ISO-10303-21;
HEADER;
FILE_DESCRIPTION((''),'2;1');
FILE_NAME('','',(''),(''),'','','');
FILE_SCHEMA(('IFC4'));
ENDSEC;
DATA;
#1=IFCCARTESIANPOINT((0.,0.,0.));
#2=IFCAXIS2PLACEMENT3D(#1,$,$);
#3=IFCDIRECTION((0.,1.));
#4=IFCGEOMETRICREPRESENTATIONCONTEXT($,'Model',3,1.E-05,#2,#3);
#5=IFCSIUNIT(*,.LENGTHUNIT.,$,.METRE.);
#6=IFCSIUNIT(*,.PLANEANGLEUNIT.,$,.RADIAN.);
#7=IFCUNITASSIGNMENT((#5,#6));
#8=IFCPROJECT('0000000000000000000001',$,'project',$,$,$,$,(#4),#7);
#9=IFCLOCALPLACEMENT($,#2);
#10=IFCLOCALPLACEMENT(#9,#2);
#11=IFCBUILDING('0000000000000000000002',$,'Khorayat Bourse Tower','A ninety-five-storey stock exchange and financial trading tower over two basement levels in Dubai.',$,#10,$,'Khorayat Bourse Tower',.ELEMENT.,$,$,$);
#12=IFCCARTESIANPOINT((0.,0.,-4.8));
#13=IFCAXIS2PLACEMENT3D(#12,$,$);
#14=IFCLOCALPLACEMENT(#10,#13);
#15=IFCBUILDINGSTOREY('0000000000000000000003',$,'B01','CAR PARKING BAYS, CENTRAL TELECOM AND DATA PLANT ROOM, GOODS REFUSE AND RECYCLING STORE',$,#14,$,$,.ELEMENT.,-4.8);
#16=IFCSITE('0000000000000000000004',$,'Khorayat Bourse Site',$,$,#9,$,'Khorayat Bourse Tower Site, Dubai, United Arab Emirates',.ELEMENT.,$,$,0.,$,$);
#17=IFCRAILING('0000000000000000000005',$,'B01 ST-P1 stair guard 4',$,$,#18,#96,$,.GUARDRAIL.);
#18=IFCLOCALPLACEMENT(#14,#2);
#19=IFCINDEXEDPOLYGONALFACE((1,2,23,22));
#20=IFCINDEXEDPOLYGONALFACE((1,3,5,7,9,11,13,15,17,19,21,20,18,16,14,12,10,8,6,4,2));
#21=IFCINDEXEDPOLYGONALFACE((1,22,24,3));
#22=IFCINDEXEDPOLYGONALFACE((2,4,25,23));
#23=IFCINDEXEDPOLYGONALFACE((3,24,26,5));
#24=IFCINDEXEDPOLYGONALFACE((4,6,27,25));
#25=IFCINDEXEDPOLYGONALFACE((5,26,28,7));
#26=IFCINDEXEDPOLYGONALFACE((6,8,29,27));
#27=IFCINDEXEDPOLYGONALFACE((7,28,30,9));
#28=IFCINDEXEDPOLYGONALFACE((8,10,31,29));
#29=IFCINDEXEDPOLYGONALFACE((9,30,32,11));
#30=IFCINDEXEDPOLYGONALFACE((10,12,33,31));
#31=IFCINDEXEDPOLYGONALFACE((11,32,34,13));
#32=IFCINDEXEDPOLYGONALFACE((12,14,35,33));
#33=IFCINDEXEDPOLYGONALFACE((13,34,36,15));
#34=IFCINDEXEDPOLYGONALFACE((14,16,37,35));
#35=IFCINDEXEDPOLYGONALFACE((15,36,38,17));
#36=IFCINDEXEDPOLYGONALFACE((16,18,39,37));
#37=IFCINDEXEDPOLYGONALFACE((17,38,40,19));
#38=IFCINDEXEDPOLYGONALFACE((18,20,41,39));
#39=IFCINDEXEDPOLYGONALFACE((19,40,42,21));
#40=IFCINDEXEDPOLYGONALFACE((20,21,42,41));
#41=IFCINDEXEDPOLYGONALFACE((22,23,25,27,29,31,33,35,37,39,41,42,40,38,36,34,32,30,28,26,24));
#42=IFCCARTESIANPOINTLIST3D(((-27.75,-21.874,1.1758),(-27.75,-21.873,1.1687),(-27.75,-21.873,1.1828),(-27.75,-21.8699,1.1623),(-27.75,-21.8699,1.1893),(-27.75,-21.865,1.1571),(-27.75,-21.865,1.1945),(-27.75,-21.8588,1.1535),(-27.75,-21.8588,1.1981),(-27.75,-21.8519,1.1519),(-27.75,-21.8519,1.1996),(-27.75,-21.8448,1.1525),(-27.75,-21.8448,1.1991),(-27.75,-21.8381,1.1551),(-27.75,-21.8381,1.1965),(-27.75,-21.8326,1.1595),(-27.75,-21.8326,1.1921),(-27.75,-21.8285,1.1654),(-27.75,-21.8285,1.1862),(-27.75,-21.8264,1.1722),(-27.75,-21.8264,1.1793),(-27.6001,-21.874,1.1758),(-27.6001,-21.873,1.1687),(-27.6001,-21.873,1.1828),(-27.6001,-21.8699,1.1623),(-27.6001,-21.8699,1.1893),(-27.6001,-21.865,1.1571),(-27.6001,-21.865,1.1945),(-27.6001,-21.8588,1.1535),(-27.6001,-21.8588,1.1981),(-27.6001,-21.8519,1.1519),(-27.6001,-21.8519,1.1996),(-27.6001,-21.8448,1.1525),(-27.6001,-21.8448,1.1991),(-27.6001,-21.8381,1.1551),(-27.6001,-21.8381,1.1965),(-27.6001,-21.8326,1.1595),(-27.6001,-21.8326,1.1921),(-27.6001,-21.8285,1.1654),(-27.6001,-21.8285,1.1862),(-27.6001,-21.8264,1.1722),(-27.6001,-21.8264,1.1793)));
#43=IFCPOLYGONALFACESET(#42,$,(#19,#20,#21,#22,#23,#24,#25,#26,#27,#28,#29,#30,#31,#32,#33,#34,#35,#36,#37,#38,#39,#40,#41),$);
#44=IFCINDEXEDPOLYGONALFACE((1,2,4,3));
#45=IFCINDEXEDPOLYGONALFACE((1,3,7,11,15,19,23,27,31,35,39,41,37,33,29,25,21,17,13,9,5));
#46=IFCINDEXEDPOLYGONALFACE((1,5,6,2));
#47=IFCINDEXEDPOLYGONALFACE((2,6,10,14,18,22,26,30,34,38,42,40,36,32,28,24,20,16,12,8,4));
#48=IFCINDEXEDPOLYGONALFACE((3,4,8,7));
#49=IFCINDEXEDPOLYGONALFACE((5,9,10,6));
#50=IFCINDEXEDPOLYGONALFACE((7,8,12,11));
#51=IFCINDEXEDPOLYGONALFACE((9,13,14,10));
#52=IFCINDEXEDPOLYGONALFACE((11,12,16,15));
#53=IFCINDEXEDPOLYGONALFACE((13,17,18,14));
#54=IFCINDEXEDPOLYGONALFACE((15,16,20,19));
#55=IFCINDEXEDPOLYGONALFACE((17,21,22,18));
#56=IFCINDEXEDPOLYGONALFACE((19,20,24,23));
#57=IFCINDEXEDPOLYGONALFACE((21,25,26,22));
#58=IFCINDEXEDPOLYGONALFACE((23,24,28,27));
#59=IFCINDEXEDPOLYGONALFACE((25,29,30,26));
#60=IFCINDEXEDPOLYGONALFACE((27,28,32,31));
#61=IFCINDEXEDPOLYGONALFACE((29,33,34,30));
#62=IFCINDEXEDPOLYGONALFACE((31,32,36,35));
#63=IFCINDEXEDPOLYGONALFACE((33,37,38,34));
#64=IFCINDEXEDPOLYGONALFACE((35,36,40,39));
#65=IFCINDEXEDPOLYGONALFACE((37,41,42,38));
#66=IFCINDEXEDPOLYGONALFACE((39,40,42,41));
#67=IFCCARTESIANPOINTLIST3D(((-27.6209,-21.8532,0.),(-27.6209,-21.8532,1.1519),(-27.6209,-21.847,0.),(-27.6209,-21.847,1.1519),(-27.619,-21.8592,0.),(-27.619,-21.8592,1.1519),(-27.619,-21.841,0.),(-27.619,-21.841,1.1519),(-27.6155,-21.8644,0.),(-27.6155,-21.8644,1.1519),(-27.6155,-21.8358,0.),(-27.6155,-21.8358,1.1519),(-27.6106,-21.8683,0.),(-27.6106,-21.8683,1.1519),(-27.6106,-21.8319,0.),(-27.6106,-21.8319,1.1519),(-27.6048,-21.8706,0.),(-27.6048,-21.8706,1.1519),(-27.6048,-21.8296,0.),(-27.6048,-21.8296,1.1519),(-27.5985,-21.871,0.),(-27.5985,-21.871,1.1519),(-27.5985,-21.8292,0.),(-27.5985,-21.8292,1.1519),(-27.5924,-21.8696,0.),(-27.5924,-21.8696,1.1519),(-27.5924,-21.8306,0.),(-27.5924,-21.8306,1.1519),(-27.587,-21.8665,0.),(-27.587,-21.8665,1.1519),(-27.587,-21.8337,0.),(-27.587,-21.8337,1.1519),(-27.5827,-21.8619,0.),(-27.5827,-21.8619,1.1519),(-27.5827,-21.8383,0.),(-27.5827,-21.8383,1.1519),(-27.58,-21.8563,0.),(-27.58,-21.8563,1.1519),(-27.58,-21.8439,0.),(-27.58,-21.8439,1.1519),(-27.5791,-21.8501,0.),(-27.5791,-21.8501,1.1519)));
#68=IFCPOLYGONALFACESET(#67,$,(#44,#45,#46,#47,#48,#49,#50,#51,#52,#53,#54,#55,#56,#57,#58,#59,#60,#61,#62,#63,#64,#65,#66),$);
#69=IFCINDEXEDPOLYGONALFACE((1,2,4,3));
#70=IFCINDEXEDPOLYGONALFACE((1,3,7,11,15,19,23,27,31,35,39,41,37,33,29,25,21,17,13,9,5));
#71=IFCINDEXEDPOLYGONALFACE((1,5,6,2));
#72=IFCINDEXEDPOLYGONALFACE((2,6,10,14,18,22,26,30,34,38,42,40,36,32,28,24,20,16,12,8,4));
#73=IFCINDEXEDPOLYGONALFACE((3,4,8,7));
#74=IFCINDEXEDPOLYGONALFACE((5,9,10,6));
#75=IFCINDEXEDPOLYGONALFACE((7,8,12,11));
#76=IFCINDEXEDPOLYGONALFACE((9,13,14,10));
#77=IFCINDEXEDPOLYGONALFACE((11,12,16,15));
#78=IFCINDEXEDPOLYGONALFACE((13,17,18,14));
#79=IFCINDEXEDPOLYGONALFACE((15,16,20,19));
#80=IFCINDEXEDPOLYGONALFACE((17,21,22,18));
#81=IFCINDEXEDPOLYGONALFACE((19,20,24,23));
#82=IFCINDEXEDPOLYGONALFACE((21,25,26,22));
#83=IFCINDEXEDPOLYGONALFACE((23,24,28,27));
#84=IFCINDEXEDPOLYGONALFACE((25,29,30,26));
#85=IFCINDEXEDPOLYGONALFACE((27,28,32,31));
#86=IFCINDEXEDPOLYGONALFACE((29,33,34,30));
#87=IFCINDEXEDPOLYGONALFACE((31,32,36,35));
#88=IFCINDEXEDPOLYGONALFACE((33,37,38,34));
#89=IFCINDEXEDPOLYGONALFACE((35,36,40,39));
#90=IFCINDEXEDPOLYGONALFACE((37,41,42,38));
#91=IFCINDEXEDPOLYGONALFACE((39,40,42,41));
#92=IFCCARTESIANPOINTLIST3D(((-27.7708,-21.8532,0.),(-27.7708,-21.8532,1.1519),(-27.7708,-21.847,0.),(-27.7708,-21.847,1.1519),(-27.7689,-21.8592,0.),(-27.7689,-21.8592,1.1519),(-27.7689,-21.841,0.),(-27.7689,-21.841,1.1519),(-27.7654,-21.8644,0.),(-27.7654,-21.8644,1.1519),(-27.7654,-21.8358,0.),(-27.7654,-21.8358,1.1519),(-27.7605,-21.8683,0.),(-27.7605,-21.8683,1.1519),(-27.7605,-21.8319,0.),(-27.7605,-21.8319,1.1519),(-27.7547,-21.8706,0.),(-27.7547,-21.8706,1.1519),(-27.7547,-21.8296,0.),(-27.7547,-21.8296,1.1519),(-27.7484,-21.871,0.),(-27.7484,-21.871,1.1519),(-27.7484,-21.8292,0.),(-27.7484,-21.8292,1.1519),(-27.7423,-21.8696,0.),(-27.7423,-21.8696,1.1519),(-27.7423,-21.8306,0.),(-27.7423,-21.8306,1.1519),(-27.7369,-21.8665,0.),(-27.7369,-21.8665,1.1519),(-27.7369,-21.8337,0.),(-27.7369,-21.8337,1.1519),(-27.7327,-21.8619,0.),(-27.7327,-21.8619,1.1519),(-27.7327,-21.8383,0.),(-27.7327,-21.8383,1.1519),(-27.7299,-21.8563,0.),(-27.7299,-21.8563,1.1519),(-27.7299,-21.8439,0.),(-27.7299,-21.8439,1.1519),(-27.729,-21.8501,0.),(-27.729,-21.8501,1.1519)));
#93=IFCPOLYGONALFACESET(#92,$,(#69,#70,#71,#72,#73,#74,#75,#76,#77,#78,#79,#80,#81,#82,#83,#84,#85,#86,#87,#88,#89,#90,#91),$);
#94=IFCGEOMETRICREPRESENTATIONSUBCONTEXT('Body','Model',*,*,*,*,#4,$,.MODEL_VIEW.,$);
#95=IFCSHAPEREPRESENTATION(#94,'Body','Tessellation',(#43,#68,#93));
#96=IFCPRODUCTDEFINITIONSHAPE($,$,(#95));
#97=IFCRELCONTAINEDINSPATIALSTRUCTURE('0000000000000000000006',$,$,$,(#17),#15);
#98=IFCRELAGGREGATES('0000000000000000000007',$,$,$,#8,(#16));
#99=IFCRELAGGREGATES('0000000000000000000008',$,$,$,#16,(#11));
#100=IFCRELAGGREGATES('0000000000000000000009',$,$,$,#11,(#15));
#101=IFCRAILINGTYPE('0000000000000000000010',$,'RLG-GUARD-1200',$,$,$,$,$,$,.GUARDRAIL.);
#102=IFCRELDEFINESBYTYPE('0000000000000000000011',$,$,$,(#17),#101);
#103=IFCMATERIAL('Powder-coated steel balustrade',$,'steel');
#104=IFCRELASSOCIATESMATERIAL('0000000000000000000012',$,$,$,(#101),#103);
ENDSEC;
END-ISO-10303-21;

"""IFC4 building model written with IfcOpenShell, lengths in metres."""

from ifc_helpers import new_model, si_unit, direction, frame, origin, origin_2d, place, context, subcontext, project, spatial, circle, extrude, source, transform, mapped, material, type_object, element, save


model = new_model("IFC4")

# Units and contexts
model_context = context("Model", 3, precision=1e-05, world=origin(), true_north=direction((0.0, 1.0)))
body_context = subcontext(model_context, "Body", "Model", "MODEL_VIEW")
ifc_project = project(units=[si_unit("LENGTHUNIT", "METRE"), si_unit("PLANEANGLEUNIT", "RADIAN")], contexts=[model_context])

# Site, building, storey
site_placement = place(None, origin())
site = spatial("IfcSite", under=ifc_project, at=site_placement, Name="Khorayat Bourse Site", LongName="Khorayat Bourse Tower Site, Dubai, United Arab Emirates", CompositionType="ELEMENT", RefElevation=0.0)
building_placement = place(site_placement, origin())
building = spatial("IfcBuilding", under=site, at=building_placement, Name="Khorayat Bourse Tower", Description="A ninety-five-storey stock exchange and financial trading tower over two basement levels in Dubai.", LongName="Khorayat Bourse Tower", CompositionType="ELEMENT")
storey_placement = place(building_placement, frame((0.0, 0.0, -4.8)))
storey = spatial("IfcBuildingStorey", under=building, at=storey_placement, Name="B01", Description="CAR PARKING BAYS, CENTRAL TELECOM AND DATA PLANT ROOM, GOODS REFUSE AND RECYCLING STORE", CompositionType="ELEMENT", Elevation=-4.8)

# Railing
ifc_material_1 = material(Name="Powder-coated steel balustrade", Category="steel")
railing_type_1 = type_object("IfcRailingType", Name="RLG-GUARD-1200", PredefinedType="GUARDRAIL", material=ifc_material_1)
shared_shape_1 = source(origin(), body_context, "Body", "SweptSolid", [
    extrude(circle(Radius=0.0239, at=origin_2d()), frame((0.0, 0.0, 1.1758), z_axis=(-1.0, 0.0, 0.0), x_axis=(0.0, -1.0, 0.0)), (0.0, 0.0, 1.0), 0.1499),
    extrude(circle(Radius=0.021, at=origin_2d()), origin(), (0.0, 0.0, 1.0), 1.1519),
    extrude(circle(Radius=0.021, at=origin_2d()), frame((-0.1499, 0.0, 0.0)), (0.0, 0.0, 1.0), 1.1519),
])
for number, where, name in (
    (1, (-27.6001, -21.8501, 0.0), "B01 ST-P1 stair guard 4"),
):
    element("IfcRailing", number, at=place(storey_placement, frame(where)), inside=storey, type_object=railing_type_1, Name=name, PredefinedType="GUARDRAIL", context=body_context, shape_type="MappedRepresentation", body=[
        mapped(shared_shape_1, transform((0.0, 0.0, 0.0), scale=1.0)),
    ])

save(model, "model.ifc")
